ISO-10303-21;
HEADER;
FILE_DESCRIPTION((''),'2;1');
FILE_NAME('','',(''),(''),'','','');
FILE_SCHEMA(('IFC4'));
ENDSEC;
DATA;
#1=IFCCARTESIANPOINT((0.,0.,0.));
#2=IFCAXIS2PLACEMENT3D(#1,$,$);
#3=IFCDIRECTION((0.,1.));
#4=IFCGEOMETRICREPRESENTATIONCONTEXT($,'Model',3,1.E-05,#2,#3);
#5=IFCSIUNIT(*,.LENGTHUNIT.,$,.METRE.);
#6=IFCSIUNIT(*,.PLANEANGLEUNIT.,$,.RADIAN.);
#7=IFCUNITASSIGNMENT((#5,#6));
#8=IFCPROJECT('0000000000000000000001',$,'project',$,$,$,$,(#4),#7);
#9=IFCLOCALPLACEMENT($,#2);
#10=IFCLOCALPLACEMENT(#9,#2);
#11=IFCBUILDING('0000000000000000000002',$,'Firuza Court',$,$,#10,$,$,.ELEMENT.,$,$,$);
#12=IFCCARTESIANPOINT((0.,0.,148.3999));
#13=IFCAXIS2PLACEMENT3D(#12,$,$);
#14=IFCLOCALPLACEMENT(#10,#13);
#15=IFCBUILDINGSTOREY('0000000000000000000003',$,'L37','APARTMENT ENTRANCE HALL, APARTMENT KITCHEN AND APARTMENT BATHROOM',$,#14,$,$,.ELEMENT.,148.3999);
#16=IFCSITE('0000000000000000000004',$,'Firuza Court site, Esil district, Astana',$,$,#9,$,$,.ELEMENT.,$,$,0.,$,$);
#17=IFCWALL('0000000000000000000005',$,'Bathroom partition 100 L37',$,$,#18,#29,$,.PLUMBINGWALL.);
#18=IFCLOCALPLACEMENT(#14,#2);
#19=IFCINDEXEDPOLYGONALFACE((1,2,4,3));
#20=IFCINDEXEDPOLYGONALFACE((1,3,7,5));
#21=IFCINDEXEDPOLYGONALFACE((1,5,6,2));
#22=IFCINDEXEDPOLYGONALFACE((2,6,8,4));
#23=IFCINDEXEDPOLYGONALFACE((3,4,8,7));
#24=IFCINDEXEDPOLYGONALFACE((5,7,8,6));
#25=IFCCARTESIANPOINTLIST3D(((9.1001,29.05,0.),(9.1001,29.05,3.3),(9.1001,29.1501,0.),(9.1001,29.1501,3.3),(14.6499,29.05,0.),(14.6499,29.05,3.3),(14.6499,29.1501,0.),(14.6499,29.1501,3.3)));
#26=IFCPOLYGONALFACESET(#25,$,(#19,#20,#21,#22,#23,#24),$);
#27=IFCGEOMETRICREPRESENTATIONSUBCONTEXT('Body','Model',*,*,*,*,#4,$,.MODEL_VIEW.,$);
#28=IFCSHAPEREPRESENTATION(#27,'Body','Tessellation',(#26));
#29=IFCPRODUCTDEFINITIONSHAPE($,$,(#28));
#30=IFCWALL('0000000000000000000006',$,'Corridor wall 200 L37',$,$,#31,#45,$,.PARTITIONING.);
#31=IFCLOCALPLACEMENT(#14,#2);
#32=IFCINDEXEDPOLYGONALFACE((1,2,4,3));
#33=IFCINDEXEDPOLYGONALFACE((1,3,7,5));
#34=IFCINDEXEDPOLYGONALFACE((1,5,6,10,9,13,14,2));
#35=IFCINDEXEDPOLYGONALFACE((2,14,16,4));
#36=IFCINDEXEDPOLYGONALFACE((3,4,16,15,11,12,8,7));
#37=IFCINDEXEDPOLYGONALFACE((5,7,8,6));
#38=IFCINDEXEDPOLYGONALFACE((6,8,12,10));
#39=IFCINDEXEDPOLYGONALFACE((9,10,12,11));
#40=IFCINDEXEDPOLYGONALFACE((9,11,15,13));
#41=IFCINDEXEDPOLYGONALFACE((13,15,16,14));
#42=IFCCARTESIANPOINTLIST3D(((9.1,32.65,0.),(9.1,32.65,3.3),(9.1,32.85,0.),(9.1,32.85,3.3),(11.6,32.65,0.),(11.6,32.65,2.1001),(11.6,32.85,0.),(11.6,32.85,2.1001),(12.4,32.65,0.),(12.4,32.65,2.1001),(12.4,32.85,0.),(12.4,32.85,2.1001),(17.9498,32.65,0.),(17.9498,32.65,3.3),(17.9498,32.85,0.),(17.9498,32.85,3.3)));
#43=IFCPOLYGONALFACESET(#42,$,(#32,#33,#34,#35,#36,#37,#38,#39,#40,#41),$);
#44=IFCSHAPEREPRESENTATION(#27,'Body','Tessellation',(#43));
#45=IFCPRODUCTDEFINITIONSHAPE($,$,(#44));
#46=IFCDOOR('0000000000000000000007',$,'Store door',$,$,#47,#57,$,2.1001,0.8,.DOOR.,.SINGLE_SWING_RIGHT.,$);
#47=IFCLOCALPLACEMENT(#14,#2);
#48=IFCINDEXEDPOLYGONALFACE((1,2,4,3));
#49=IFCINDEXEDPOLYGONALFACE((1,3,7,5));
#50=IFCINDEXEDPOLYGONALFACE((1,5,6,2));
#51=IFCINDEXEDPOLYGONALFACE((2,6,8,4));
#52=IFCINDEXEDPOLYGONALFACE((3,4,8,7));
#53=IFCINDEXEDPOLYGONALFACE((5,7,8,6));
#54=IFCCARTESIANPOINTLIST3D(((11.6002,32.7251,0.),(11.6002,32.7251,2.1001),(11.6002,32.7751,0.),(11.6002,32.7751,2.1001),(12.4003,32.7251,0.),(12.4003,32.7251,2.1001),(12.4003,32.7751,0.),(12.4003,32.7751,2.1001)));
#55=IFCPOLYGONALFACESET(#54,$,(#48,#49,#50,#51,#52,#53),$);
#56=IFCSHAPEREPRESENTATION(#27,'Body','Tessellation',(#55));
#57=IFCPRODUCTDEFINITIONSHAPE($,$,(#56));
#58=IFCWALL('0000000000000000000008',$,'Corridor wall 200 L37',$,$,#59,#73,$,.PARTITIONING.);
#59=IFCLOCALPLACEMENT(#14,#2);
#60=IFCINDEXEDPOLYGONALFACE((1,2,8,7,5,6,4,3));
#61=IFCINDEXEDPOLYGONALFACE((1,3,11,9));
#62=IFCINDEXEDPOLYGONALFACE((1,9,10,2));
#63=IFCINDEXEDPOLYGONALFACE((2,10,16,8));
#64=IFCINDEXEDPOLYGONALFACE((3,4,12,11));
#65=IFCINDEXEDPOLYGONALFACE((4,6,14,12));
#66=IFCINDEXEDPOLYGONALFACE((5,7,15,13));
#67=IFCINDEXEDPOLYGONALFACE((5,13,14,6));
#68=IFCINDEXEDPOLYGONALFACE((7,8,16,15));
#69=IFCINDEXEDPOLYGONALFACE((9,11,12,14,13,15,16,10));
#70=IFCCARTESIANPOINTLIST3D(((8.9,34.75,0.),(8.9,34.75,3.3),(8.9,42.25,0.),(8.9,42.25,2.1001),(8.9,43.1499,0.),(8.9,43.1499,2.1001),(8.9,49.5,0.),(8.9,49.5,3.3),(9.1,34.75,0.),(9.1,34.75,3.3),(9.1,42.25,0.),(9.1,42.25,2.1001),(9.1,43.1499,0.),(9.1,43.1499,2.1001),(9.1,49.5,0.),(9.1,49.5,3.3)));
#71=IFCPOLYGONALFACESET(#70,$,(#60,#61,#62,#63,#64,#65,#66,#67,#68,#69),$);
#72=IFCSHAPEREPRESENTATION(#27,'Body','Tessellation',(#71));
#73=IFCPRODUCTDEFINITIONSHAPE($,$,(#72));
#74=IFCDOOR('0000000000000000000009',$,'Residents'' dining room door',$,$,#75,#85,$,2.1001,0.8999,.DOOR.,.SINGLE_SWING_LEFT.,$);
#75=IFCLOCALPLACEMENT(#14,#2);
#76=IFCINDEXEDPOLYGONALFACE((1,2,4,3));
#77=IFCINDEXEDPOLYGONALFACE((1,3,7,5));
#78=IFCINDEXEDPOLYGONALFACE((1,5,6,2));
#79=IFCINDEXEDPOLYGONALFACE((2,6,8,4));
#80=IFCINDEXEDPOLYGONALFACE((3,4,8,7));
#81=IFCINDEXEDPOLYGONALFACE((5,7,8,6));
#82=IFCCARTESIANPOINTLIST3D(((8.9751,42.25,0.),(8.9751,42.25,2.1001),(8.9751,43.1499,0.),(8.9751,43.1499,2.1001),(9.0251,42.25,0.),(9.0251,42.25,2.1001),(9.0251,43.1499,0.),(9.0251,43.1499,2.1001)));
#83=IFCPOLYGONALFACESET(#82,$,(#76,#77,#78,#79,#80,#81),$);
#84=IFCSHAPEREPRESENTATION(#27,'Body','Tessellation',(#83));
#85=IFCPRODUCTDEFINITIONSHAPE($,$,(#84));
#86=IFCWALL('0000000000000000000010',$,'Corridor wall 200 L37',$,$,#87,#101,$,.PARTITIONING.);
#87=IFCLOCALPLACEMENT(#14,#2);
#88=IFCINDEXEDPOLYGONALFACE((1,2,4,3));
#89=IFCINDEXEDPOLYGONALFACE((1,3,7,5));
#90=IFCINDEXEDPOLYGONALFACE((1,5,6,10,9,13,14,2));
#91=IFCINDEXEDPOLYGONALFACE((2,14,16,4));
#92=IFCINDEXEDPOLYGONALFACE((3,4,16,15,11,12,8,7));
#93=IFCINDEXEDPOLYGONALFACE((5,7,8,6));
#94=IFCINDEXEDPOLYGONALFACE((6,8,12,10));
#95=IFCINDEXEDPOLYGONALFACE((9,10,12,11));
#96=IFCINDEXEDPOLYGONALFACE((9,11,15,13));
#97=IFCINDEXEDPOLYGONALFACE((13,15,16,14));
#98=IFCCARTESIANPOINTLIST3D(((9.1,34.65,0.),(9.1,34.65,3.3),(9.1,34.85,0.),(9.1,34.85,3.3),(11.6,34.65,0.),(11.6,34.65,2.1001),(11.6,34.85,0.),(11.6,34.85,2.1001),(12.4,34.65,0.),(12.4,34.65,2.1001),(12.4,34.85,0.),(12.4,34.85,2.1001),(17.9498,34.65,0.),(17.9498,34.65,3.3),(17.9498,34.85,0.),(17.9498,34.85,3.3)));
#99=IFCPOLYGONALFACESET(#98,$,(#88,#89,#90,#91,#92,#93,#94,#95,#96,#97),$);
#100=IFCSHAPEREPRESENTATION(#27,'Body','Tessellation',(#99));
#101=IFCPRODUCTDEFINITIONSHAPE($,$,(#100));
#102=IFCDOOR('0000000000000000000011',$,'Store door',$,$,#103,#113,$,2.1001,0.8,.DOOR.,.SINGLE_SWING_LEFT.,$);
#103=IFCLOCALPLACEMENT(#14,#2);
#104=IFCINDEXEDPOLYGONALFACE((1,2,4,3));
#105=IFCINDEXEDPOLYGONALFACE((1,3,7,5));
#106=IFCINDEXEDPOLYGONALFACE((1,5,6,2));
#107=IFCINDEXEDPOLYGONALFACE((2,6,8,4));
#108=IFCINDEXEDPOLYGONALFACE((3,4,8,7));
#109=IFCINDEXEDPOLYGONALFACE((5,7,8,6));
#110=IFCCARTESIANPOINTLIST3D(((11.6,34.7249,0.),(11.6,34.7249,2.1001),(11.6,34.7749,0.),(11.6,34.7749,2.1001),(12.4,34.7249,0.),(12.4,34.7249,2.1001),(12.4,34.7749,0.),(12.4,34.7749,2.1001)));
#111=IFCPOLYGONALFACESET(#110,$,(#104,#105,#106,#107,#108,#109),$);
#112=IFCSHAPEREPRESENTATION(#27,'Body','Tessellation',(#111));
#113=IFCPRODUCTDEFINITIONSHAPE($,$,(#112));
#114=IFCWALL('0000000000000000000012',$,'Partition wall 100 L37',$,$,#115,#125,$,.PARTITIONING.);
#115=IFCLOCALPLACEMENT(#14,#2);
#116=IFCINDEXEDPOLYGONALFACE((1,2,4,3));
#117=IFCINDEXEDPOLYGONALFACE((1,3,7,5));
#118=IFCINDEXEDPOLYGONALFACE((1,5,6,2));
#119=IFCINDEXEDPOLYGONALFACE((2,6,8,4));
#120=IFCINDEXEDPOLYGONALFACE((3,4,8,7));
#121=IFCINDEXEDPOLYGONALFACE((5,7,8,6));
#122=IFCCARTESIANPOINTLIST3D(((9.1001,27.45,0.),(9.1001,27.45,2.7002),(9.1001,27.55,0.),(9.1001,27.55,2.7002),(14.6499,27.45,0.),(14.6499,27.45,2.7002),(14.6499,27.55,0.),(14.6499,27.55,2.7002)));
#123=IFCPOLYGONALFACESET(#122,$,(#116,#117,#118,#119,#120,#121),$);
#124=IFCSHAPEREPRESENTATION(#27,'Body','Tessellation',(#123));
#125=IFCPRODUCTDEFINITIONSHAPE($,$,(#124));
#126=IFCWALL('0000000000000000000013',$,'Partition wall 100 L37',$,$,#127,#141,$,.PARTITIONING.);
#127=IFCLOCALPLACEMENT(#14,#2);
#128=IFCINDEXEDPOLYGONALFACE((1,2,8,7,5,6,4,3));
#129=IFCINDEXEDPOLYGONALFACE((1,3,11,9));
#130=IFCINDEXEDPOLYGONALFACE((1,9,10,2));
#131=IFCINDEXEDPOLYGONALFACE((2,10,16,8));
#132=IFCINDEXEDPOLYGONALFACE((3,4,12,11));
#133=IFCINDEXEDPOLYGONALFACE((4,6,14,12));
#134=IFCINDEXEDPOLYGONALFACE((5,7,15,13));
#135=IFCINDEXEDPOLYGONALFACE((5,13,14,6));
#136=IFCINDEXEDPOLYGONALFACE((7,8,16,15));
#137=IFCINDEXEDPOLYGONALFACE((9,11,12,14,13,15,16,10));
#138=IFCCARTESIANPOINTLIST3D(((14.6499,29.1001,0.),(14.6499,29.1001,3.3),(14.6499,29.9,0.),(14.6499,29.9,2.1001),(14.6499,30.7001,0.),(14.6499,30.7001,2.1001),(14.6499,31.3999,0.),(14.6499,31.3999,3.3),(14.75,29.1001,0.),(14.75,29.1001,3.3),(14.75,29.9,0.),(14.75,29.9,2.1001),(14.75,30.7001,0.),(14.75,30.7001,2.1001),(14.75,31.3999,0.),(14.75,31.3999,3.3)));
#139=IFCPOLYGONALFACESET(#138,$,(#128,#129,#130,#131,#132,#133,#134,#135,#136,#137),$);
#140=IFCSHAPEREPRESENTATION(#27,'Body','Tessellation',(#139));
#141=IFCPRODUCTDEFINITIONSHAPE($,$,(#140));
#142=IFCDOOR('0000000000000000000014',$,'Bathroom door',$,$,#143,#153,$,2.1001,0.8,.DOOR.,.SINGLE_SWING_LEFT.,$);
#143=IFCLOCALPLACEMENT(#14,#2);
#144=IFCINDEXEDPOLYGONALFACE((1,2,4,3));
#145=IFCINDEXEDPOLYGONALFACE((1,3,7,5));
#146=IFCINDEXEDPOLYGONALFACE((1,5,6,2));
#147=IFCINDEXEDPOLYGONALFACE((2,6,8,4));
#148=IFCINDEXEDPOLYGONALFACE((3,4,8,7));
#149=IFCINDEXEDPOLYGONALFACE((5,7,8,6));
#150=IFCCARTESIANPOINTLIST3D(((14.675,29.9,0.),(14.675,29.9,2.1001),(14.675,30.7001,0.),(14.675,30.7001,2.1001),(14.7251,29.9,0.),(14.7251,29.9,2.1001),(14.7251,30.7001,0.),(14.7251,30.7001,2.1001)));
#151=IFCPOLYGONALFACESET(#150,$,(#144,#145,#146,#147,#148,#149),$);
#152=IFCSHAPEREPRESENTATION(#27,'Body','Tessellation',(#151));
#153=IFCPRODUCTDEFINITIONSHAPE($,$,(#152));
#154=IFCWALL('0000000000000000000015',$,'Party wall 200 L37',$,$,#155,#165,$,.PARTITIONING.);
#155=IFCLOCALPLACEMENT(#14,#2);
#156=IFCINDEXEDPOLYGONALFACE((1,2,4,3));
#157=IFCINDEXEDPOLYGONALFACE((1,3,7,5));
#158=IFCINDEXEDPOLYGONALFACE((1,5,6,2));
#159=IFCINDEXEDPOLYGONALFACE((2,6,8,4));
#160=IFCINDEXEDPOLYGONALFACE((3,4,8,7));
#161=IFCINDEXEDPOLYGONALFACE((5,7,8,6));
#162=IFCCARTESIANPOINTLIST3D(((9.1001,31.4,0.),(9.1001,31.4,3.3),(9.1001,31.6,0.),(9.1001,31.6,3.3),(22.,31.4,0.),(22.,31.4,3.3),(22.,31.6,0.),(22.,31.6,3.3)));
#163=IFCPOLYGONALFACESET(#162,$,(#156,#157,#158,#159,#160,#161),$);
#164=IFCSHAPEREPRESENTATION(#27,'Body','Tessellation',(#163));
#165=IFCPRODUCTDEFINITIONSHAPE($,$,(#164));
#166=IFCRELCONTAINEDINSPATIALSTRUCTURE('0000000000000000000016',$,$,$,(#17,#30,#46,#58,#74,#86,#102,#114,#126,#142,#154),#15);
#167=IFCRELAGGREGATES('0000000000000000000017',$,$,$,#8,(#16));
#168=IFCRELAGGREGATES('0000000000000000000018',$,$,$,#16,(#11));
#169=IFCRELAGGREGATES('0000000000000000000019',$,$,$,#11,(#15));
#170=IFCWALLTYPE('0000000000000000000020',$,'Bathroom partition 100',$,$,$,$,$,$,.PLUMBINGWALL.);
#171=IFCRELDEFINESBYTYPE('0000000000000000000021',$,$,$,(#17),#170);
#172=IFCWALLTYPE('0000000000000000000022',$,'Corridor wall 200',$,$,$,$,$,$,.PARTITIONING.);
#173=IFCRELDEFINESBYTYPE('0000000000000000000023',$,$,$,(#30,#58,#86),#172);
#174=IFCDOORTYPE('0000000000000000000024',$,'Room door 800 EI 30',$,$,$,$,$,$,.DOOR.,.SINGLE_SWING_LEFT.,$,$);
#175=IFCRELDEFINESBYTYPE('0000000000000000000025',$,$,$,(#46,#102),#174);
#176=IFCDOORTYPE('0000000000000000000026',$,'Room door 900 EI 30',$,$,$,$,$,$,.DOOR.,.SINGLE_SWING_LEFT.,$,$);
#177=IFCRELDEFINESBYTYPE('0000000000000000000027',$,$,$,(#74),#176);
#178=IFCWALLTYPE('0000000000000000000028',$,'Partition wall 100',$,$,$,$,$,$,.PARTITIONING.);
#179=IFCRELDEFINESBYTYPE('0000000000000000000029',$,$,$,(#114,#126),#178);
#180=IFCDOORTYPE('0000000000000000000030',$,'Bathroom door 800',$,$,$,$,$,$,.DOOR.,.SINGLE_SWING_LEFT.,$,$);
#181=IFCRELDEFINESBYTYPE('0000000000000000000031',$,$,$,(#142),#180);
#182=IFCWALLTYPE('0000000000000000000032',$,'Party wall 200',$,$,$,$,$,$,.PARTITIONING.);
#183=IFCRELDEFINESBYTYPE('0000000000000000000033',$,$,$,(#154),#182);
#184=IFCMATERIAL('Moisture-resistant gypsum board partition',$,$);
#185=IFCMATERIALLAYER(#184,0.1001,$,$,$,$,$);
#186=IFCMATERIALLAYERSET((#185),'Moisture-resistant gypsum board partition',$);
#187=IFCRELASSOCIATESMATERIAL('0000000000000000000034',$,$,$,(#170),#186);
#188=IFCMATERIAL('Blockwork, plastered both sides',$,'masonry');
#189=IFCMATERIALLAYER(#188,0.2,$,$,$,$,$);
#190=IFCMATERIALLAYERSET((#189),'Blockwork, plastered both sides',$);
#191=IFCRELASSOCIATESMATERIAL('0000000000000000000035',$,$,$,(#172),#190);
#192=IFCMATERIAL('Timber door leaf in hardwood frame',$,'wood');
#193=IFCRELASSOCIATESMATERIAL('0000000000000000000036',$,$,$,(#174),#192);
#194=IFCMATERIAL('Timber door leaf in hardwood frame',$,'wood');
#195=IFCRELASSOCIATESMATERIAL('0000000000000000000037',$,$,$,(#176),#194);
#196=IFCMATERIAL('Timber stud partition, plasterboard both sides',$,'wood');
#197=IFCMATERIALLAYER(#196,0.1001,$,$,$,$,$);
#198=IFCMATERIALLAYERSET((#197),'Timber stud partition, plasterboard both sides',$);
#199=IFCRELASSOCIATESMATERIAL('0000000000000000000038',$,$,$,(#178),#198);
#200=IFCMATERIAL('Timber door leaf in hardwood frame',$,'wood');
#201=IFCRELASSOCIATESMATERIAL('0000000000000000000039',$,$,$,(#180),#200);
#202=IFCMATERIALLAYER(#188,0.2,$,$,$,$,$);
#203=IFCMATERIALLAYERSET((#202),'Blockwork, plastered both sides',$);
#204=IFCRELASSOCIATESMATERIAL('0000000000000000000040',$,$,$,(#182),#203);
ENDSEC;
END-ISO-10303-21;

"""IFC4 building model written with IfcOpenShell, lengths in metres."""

from ifc_helpers import new_model, si_unit, direction, frame, frame_2d, origin, place, context, subcontext, project, spatial, rectangle, extrude, material, layer, layer_set, type_object, element, fill, save


model = new_model("IFC4")

# Units and contexts
model_context = context("Model", 3, precision=1e-05, world=origin(), true_north=direction((0.0, 1.0)))
body_context = subcontext(model_context, "Body", "Model", "MODEL_VIEW")
ifc_project = project(units=[si_unit("LENGTHUNIT", "METRE"), si_unit("PLANEANGLEUNIT", "RADIAN")], contexts=[model_context])

# Site, building, storey
site_placement = place(None, origin())
site = spatial("IfcSite", under=ifc_project, at=site_placement, Name="Firuza Court site, Esil district, Astana", CompositionType="ELEMENT", RefElevation=0.0)
building_placement = place(site_placement, origin())
building = spatial("IfcBuilding", under=site, at=building_placement, Name="Firuza Court", CompositionType="ELEMENT")
storey_placement = place(building_placement, frame((0.0, 0.0, 148.3999)))
storey = spatial("IfcBuildingStorey", under=building, at=storey_placement, Name="L37", Description="APARTMENT ENTRANCE HALL, APARTMENT KITCHEN AND APARTMENT BATHROOM", CompositionType="ELEMENT", Elevation=148.3999)

# Wall
ifc_material_1 = material(Name="Moisture-resistant gypsum board partition")
ifc_layer_1 = layer(ifc_material_1, 0.1001)
ifc_layer_set_1 = layer_set([ifc_layer_1], Name="Moisture-resistant gypsum board partition")
wall_type_1 = type_object("IfcWallType", Name="Bathroom partition 100", PredefinedType="PLUMBINGWALL", material=ifc_layer_set_1)
wall_1_placement = place(storey_placement, frame((9.1001, 29.1001, 0.0), z_axis=(0.0, 0.0, 1.0), x_axis=(1.0, 0.0, 0.0)))
element("IfcWall", 1, at=wall_1_placement, inside=storey, type_object=wall_type_1, Name="Bathroom partition 100 L37", PredefinedType="PLUMBINGWALL", context=body_context, shape_type="SweptSolid", body=[
    extrude(rectangle(XDim=5.5498, YDim=0.1001, at=frame_2d((2.7749, 0.0))), origin(), (0.0, 0.0, 1.0), 3.3),
])

# Walls, openings, doors
ifc_material_2 = material(Name="Blockwork, plastered both sides", Category="masonry")
ifc_layer_2 = layer(ifc_material_2, 0.2)
ifc_layer_set_2 = layer_set([ifc_layer_2], Name="Blockwork, plastered both sides")
wall_type_2 = type_object("IfcWallType", Name="Corridor wall 200", PredefinedType="PARTITIONING", material=ifc_layer_set_2)
wall_2_placement = place(storey_placement, frame((9.1001, 32.75, 0.0), z_axis=(0.0, 0.0, 1.0), x_axis=(1.0, 0.0, 0.0)))
wall_2 = element("IfcWall", 2, at=wall_2_placement, inside=storey, type_object=wall_type_2, Name="Corridor wall 200 L37", PredefinedType="PARTITIONING", context=body_context, shape_type="SweptSolid", body=[
    extrude(rectangle(XDim=8.8499, YDim=0.2, at=frame_2d((4.4248, 0.0))), origin(), (0.0, 0.0, 1.0), 3.3),
])
opening_1_placement = place(wall_2_placement, frame((2.5, 0.0, 0.0)))
opening_1 = element("IfcOpeningElement", 3, at=opening_1_placement, cuts=wall_2, PredefinedType="OPENING", context=body_context, shape_type="SweptSolid", body=[
    extrude(rectangle(XDim=0.8, YDim=2.1001, at=frame_2d((0.3999, 1.05))), frame((0.0, 0.1118, 0.0), z_axis=(0.0, -1.0, 0.0), x_axis=(1.0, 0.0, 0.0)), (0.0, 0.0, 1.0), 0.2239),
])
ifc_material_3 = material(Name="Timber door leaf in hardwood frame", Category="wood")
door_type_1 = type_object("IfcDoorType", Name="Room door 800 EI 30", OperationType="SINGLE_SWING_LEFT", PredefinedType="DOOR", material=ifc_material_3)
door_1_placement = place(opening_1_placement, frame((0.8, 0.0, 0.0), z_axis=(0.0, 0.0, 1.0), x_axis=(-1.0, 0.0, 0.0)))
door_1 = element("IfcDoor", 4, at=door_1_placement, inside=storey, type_object=door_type_1, Name="Store door", OperationType="SINGLE_SWING_RIGHT", OverallHeight=2.1001, OverallWidth=0.8, PredefinedType="DOOR", context=body_context, shape_type="SweptSolid", body=[
    extrude(rectangle(XDim=0.8, YDim=2.1001, at=frame_2d((0.3999, 1.05))), frame((0.0, 0.0249, 0.0), z_axis=(0.0, -1.0, 0.0), x_axis=(1.0, 0.0, 0.0)), (0.0, 0.0, 1.0), 0.05),
])
fill(opening_1, door_1)
wall_3_placement = place(storey_placement, frame((9.0, 34.75, 0.0), z_axis=(0.0, 0.0, 1.0), x_axis=(0.0, 1.0, 0.0)))
wall_3 = element("IfcWall", 5, at=wall_3_placement, inside=storey, type_object=wall_type_2, Name="Corridor wall 200 L37", PredefinedType="PARTITIONING", context=body_context, shape_type="SweptSolid", body=[
    extrude(rectangle(XDim=14.75, YDim=0.2, at=frame_2d((7.375, 0.0))), origin(), (0.0, 0.0, 1.0), 3.3),
])
opening_2_placement = place(wall_3_placement, frame((7.5, 0.0, 0.0)))
opening_2 = element("IfcOpeningElement", 6, at=opening_2_placement, cuts=wall_3, PredefinedType="OPENING", context=body_context, shape_type="SweptSolid", body=[
    extrude(rectangle(XDim=0.8999, YDim=2.1001, at=frame_2d((0.45, 1.05))), frame((0.0, 0.1118, 0.0), z_axis=(0.0, -1.0, 0.0), x_axis=(1.0, 0.0, 0.0)), (0.0, 0.0, 1.0), 0.2239),
])
ifc_material_4 = material(Name="Timber door leaf in hardwood frame", Category="wood")
door_type_2 = type_object("IfcDoorType", Name="Room door 900 EI 30", OperationType="SINGLE_SWING_LEFT", PredefinedType="DOOR", material=ifc_material_4)
door_2_placement = place(opening_2_placement, origin())
door_2 = element("IfcDoor", 7, at=door_2_placement, inside=storey, type_object=door_type_2, Name="Residents' dining room door", OperationType="SINGLE_SWING_LEFT", OverallHeight=2.1001, OverallWidth=0.8999, PredefinedType="DOOR", context=body_context, shape_type="SweptSolid", body=[
    extrude(rectangle(XDim=0.8999, YDim=2.1001, at=frame_2d((0.45, 1.05))), frame((0.0, 0.0249, 0.0), z_axis=(0.0, -1.0, 0.0), x_axis=(1.0, 0.0, 0.0)), (0.0, 0.0, 1.0), 0.05),
])
fill(opening_2, door_2)
wall_4_placement = place(storey_placement, frame((9.1001, 34.75, 0.0), z_axis=(0.0, 0.0, 1.0), x_axis=(1.0, 0.0, 0.0)))
wall_4 = element("IfcWall", 8, at=wall_4_placement, inside=storey, type_object=wall_type_2, Name="Corridor wall 200 L37", PredefinedType="PARTITIONING", context=body_context, shape_type="SweptSolid", body=[
    extrude(rectangle(XDim=8.8499, YDim=0.2, at=frame_2d((4.4248, 0.0))), origin(), (0.0, 0.0, 1.0), 3.3),
])
opening_3_placement = place(wall_4_placement, frame((2.5, 0.0, 0.0)))
opening_3 = element("IfcOpeningElement", 9, at=opening_3_placement, cuts=wall_4, PredefinedType="OPENING", context=body_context, shape_type="SweptSolid", body=[
    extrude(rectangle(XDim=0.8, YDim=2.1001, at=frame_2d((0.3999, 1.05))), frame((0.0, 0.1118, 0.0), z_axis=(0.0, -1.0, 0.0), x_axis=(1.0, 0.0, 0.0)), (0.0, 0.0, 1.0), 0.2239),
])
door_3_placement = place(opening_3_placement, origin())
door_3 = element("IfcDoor", 10, at=door_3_placement, inside=storey, type_object=door_type_1, Name="Store door", OperationType="SINGLE_SWING_LEFT", OverallHeight=2.1001, OverallWidth=0.8, PredefinedType="DOOR", context=body_context, shape_type="SweptSolid", body=[
    extrude(rectangle(XDim=0.8, YDim=2.1001, at=frame_2d((0.3999, 1.05))), frame((0.0, 0.0249, 0.0), z_axis=(0.0, -1.0, 0.0), x_axis=(1.0, 0.0, 0.0)), (0.0, 0.0, 1.0), 0.05),
])
fill(opening_3, door_3)

# Wall
ifc_material_5 = material(Name="Timber stud partition, plasterboard both sides", Category="wood")
ifc_layer_3 = layer(ifc_material_5, 0.1001)
ifc_layer_set_3 = layer_set([ifc_layer_3], Name="Timber stud partition, plasterboard both sides")
wall_type_3 = type_object("IfcWallType", Name="Partition wall 100", PredefinedType="PARTITIONING", material=ifc_layer_set_3)
wall_5_placement = place(storey_placement, frame((9.1001, 27.5, 0.0), z_axis=(0.0, 0.0, 1.0), x_axis=(1.0, 0.0, 0.0)))
element("IfcWall", 11, at=wall_5_placement, inside=storey, type_object=wall_type_3, Name="Partition wall 100 L37", PredefinedType="PARTITIONING", context=body_context, shape_type="SweptSolid", body=[
    extrude(rectangle(XDim=5.5498, YDim=0.1001, at=frame_2d((2.7749, 0.0))), origin(), (0.0, 0.0, 1.0), 2.7002),
])

# Wall, opening, door
wall_6_placement = place(storey_placement, frame((14.7, 29.1001, 0.0), z_axis=(0.0, 0.0, 1.0), x_axis=(0.0, 1.0, 0.0)))
wall_6 = element("IfcWall", 12, at=wall_6_placement, inside=storey, type_object=wall_type_3, Name="Partition wall 100 L37", PredefinedType="PARTITIONING", context=body_context, shape_type="SweptSolid", body=[
    extrude(rectangle(XDim=2.2998, YDim=0.1001, at=frame_2d((1.1499, 0.0))), origin(), (0.0, 0.0, 1.0), 3.3),
])
opening_4_placement = place(wall_6_placement, frame((0.8, 0.0, 0.0)))
opening_4 = element("IfcOpeningElement", 13, at=opening_4_placement, cuts=wall_6, PredefinedType="OPENING", context=body_context, shape_type="SweptSolid", body=[
    extrude(rectangle(XDim=0.8, YDim=2.1001, at=frame_2d((0.3999, 1.05))), frame((0.0, 0.062, 0.0), z_axis=(0.0, -1.0, 0.0), x_axis=(1.0, 0.0, 0.0)), (0.0, 0.0, 1.0), 0.124),
])
ifc_material_6 = material(Name="Timber door leaf in hardwood frame", Category="wood")
door_type_3 = type_object("IfcDoorType", Name="Bathroom door 800", OperationType="SINGLE_SWING_LEFT", PredefinedType="DOOR", material=ifc_material_6)
door_4_placement = place(opening_4_placement, origin())
door_4 = element("IfcDoor", 14, at=door_4_placement, inside=storey, type_object=door_type_3, Name="Bathroom door", OperationType="SINGLE_SWING_LEFT", OverallHeight=2.1001, OverallWidth=0.8, PredefinedType="DOOR", context=body_context, shape_type="SweptSolid", body=[
    extrude(rectangle(XDim=0.8, YDim=2.1001, at=frame_2d((0.3999, 1.05))), frame((0.0, 0.0249, 0.0), z_axis=(0.0, -1.0, 0.0), x_axis=(1.0, 0.0, 0.0)), (0.0, 0.0, 1.0), 0.05),
])
fill(opening_4, door_4)

# Wall
ifc_layer_4 = layer(ifc_material_2, 0.2)
ifc_layer_set_4 = layer_set([ifc_layer_4], Name="Blockwork, plastered both sides")
wall_type_4 = type_object("IfcWallType", Name="Party wall 200", PredefinedType="PARTITIONING", material=ifc_layer_set_4)
for number, where, z_axis, x_axis, name in (
    (15, (9.1001, 31.5, 0.0), (0.0, 0.0, 1.0), (1.0, 0.0, 0.0), "Party wall 200 L37"),
):
    element("IfcWall", number, at=place(storey_placement, frame(where, z_axis=z_axis, x_axis=x_axis)), inside=storey, type_object=wall_type_4, Name=name, PredefinedType="PARTITIONING", context=body_context, shape_type="SweptSolid", body=[
        extrude(rectangle(XDim=12.8999, YDim=0.2, at=frame_2d((6.45, 0.0))), origin(), (0.0, 0.0, 1.0), 3.3),
    ])

save(model, "model.ifc")
